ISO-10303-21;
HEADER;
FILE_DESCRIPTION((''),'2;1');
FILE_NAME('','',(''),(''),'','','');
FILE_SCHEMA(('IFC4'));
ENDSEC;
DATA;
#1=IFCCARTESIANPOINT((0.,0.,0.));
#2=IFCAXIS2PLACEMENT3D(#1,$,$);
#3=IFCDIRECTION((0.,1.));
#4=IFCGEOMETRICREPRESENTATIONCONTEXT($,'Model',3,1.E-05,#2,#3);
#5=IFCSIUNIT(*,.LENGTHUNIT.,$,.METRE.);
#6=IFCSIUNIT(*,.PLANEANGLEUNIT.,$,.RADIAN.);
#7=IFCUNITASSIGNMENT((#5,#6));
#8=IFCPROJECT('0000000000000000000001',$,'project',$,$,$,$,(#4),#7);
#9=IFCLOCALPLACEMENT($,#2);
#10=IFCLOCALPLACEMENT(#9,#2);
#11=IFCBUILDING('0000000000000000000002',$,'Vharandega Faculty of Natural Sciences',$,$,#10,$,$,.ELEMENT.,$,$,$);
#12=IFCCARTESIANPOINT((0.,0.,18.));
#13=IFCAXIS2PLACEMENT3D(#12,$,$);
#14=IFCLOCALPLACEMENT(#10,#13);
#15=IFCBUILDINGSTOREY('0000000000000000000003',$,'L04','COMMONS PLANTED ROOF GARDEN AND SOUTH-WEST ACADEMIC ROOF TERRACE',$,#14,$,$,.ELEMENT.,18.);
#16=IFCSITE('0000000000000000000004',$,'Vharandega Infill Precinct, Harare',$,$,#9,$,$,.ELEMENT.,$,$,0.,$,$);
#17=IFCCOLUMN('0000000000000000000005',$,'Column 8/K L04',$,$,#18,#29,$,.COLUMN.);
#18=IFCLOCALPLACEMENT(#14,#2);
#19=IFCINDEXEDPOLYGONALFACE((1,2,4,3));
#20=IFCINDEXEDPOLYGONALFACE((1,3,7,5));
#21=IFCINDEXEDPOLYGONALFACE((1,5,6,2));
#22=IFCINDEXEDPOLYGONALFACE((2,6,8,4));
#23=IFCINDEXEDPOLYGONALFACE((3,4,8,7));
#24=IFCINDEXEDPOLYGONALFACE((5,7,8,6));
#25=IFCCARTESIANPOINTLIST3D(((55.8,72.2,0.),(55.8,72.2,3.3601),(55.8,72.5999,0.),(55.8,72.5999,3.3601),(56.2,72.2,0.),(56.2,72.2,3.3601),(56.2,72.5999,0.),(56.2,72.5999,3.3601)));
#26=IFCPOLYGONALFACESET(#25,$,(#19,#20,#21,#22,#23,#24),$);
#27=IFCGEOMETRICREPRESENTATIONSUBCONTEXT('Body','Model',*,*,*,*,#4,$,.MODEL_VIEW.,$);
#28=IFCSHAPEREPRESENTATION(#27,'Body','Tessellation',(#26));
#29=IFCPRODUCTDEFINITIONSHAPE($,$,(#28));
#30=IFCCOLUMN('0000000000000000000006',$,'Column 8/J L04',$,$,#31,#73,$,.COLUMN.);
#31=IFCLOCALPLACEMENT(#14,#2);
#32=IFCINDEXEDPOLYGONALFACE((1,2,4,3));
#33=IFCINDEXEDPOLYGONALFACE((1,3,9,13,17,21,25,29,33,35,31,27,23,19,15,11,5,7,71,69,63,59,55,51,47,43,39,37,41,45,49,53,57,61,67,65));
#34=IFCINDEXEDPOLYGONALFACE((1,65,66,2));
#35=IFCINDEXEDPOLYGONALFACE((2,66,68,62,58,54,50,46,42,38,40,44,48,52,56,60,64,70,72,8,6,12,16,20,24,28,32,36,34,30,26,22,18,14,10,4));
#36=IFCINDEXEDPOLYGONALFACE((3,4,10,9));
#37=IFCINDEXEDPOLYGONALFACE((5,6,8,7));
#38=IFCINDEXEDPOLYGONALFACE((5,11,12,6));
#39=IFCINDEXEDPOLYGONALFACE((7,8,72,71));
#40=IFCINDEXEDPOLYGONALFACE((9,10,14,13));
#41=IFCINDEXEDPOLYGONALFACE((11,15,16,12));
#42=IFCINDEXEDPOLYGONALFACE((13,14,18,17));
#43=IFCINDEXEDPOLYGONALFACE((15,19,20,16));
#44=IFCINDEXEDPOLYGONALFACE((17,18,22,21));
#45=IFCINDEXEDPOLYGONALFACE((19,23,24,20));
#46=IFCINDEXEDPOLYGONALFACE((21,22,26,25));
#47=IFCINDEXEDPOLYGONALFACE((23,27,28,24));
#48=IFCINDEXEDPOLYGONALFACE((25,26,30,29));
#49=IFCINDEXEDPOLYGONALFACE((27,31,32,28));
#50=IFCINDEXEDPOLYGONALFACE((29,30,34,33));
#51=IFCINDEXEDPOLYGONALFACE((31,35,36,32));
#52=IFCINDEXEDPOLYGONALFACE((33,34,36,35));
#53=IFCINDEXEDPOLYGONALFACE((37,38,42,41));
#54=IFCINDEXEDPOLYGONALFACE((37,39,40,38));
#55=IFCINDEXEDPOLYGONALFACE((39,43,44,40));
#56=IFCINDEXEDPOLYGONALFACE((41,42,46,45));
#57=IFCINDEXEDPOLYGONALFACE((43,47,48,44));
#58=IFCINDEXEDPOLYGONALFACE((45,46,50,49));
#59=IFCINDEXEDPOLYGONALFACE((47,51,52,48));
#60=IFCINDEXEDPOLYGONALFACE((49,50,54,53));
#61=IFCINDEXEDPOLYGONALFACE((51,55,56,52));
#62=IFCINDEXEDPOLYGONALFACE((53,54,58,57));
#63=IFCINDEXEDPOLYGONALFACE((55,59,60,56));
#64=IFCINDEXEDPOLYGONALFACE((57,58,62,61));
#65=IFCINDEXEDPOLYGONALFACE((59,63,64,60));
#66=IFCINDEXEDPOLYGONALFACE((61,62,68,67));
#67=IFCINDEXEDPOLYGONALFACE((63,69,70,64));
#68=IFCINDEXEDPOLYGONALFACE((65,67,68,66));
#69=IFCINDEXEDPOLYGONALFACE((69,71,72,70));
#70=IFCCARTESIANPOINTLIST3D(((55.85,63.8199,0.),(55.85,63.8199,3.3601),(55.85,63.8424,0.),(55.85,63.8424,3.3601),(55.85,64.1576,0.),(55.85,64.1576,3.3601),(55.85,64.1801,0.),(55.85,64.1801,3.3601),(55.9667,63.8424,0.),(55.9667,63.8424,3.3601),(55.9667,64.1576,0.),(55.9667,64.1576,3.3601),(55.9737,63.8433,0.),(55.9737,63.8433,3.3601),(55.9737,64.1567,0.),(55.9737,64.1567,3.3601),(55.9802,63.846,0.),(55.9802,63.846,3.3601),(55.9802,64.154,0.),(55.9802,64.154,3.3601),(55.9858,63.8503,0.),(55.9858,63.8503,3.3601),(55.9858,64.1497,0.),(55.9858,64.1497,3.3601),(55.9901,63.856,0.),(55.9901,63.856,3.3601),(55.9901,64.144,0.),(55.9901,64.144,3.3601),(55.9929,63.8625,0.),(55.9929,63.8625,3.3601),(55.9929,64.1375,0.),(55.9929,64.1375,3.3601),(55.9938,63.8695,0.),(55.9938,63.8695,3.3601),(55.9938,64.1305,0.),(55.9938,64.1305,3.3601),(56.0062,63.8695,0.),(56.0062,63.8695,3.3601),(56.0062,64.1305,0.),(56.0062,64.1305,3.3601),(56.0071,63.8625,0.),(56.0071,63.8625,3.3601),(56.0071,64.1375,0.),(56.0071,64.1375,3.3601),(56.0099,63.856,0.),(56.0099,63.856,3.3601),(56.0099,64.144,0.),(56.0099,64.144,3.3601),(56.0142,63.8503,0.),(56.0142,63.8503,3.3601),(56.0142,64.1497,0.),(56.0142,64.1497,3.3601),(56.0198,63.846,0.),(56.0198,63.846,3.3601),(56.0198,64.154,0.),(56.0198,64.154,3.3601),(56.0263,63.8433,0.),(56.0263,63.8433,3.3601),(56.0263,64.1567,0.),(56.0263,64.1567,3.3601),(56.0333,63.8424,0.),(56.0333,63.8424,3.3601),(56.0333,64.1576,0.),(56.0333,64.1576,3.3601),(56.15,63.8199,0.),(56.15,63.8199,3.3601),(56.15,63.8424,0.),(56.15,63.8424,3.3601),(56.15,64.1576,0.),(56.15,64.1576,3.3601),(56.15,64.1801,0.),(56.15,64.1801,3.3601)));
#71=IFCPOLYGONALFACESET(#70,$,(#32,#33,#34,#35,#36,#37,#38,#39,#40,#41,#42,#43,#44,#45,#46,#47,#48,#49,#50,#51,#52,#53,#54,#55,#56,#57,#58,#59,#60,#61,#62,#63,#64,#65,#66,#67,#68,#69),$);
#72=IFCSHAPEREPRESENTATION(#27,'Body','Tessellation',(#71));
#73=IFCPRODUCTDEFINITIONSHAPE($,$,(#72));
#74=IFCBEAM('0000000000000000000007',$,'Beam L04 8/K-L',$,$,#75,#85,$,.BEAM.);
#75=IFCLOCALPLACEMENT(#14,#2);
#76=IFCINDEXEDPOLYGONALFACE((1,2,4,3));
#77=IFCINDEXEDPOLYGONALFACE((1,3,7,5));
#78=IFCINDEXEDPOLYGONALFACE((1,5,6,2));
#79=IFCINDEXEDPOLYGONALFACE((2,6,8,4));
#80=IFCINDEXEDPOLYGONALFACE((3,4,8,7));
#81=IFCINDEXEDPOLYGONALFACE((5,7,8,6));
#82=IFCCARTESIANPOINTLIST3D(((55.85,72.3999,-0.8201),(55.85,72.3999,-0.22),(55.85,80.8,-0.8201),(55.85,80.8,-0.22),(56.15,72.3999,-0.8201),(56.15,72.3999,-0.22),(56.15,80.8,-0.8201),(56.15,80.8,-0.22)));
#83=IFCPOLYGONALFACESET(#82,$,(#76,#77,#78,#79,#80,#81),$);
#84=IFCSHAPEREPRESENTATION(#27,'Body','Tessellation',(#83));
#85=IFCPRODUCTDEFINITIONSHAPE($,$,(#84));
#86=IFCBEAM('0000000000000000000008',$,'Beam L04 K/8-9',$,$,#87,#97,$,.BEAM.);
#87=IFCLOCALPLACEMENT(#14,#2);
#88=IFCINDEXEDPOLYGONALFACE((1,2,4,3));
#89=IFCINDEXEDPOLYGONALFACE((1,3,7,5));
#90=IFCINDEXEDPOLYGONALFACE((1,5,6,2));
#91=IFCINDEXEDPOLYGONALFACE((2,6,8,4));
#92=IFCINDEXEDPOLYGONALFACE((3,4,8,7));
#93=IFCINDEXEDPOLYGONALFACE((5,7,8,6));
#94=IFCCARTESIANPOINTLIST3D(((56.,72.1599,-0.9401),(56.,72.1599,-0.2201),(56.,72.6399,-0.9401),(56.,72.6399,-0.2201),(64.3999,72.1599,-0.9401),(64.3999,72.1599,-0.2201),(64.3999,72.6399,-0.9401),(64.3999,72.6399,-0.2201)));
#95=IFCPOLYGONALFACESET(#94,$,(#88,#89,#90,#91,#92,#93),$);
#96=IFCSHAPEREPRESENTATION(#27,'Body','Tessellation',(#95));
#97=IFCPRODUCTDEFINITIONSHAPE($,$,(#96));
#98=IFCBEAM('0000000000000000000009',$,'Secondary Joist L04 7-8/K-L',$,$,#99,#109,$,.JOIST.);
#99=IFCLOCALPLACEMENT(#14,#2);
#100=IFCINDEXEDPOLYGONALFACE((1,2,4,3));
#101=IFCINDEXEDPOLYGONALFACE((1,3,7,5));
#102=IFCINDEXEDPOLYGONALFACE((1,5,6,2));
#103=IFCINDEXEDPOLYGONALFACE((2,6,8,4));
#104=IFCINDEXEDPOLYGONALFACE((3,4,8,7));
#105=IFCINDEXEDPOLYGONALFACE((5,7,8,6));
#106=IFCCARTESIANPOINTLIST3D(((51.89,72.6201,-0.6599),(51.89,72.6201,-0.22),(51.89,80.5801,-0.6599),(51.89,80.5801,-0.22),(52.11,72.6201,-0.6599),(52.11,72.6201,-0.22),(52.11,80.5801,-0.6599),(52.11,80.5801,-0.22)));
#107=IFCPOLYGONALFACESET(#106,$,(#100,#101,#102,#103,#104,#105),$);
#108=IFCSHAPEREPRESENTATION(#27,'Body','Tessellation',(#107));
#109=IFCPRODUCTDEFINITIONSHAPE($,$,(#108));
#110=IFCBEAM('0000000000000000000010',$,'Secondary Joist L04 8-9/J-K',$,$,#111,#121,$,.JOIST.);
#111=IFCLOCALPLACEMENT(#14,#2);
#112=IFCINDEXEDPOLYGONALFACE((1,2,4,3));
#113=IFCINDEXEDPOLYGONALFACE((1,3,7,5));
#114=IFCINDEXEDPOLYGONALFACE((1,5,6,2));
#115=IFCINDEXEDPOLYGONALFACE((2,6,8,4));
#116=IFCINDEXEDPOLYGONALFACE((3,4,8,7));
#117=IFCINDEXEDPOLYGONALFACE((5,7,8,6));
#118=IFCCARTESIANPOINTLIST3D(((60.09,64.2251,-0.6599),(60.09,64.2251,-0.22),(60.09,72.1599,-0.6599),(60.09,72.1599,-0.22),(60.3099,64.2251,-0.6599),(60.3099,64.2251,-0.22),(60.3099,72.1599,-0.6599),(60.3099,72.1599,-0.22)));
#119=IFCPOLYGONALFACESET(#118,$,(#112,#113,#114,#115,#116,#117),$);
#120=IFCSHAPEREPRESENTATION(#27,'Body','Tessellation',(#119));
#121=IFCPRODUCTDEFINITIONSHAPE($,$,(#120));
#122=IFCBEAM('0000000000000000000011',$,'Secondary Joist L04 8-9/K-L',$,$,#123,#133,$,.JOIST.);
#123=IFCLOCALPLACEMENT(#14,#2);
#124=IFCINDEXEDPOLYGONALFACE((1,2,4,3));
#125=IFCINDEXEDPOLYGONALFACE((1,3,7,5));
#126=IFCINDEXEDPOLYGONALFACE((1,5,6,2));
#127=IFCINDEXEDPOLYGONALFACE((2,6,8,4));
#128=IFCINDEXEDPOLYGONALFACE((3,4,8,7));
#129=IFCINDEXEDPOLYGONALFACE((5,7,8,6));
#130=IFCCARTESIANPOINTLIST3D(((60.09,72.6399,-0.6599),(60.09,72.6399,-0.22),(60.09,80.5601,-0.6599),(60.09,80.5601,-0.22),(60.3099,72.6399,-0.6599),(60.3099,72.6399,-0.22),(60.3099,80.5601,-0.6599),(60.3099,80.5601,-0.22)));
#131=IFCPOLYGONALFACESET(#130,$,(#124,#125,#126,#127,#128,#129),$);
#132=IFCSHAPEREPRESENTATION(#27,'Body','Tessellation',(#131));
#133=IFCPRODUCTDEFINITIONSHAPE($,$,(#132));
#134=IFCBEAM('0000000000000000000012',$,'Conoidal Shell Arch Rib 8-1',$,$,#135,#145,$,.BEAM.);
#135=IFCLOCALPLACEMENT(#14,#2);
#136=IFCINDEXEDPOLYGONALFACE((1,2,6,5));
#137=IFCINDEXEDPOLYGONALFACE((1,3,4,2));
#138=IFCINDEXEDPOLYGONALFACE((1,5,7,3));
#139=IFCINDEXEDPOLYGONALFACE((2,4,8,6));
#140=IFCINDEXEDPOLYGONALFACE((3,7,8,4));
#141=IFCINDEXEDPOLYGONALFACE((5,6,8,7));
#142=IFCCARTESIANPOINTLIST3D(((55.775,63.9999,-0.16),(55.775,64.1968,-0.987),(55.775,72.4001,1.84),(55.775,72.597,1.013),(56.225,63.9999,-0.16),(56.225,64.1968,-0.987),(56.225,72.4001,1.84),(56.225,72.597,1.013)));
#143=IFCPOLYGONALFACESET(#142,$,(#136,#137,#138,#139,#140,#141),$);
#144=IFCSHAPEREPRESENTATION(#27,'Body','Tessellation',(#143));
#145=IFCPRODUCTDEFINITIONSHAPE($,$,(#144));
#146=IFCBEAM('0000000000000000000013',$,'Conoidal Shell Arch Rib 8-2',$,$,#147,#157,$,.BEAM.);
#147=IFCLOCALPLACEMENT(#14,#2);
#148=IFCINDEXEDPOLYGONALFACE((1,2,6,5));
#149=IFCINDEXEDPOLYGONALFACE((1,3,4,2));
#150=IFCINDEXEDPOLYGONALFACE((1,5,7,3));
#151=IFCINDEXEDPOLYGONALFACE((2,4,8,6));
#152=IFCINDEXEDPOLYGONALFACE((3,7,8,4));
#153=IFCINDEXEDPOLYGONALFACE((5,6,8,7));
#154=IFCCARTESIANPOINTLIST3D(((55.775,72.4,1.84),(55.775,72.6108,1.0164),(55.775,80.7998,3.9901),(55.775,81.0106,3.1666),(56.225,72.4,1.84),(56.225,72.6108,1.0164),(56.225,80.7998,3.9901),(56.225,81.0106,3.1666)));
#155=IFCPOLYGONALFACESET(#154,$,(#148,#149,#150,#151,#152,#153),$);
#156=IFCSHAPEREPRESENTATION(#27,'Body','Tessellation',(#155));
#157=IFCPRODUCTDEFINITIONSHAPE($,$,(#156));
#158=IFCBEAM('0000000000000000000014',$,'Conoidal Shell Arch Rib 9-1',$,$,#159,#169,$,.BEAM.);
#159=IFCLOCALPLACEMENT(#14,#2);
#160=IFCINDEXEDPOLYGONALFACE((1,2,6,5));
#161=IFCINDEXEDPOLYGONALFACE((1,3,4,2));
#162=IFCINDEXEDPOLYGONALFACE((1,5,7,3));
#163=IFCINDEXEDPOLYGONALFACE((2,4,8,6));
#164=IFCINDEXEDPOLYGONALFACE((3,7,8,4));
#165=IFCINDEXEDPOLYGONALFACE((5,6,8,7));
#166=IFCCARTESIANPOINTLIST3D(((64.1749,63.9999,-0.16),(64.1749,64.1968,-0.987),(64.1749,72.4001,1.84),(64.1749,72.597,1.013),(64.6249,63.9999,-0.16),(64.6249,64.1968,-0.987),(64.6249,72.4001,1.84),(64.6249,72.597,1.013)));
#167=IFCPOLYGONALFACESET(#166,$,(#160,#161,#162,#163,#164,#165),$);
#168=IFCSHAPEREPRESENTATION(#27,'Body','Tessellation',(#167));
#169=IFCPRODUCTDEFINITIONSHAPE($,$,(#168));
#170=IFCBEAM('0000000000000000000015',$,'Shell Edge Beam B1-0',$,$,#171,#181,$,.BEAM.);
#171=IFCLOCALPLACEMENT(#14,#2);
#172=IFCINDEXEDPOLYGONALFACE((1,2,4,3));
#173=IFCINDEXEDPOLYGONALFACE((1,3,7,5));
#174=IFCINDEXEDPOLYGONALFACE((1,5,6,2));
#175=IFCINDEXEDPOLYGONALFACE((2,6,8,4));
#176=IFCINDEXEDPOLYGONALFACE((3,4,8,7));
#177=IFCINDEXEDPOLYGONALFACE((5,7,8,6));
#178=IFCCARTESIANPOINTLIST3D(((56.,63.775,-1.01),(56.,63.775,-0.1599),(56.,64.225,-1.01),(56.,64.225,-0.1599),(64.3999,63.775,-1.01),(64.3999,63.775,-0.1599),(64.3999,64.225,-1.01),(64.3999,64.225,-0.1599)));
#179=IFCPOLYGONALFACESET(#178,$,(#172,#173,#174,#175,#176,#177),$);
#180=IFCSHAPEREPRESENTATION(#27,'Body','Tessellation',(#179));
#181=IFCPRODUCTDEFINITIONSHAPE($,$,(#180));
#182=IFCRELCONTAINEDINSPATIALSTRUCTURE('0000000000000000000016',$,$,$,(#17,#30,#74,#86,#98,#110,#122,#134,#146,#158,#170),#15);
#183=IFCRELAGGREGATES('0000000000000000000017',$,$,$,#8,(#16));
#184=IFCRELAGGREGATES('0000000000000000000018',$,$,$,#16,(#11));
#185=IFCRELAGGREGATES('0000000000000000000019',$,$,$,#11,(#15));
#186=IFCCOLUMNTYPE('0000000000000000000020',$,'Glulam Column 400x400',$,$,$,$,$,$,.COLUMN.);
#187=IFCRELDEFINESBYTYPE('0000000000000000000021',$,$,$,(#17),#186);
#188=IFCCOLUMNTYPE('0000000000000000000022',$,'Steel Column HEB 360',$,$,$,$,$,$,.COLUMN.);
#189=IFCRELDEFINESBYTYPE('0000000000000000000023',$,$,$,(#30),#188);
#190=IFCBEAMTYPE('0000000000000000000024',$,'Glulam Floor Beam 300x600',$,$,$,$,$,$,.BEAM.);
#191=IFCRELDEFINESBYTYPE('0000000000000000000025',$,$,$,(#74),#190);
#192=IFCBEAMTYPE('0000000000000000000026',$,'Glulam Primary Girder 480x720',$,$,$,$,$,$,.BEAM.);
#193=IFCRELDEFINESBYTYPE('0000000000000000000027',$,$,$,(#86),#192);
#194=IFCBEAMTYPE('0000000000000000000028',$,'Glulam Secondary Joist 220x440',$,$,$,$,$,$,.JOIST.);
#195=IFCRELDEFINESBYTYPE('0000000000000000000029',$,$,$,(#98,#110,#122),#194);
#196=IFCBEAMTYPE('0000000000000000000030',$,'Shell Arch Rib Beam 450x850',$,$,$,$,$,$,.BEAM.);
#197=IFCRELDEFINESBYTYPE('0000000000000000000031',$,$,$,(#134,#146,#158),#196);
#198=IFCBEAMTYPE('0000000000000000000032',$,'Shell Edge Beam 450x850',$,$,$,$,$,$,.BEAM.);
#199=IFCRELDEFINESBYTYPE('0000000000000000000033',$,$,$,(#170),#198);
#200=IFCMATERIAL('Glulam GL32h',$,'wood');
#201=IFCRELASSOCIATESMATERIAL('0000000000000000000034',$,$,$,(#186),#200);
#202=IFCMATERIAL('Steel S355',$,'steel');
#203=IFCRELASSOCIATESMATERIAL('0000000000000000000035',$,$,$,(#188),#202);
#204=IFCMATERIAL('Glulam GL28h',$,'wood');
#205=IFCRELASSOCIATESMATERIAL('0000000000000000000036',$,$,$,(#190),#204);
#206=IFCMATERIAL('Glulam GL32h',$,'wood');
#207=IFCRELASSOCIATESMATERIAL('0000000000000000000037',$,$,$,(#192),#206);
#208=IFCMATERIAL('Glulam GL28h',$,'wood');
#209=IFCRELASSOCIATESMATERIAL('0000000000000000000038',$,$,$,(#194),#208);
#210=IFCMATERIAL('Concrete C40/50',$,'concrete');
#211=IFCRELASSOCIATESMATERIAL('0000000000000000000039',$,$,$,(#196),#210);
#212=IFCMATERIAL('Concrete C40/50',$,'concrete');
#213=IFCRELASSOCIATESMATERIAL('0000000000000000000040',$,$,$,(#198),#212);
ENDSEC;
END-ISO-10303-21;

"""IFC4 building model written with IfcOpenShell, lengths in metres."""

from ifc_helpers import new_model, si_unit, direction, frame, origin, origin_2d, place, context, subcontext, project, spatial, rectangle, i_section, extrude, material, material_profile, profile_set, type_object, element, save


model = new_model("IFC4")

# Units and contexts
model_context = context("Model", 3, precision=1e-05, world=origin(), true_north=direction((0.0, 1.0)))
body_context = subcontext(model_context, "Body", "Model", "MODEL_VIEW")
ifc_project = project(units=[si_unit("LENGTHUNIT", "METRE"), si_unit("PLANEANGLEUNIT", "RADIAN")], contexts=[model_context])

# Site, building, storey
site_placement = place(None, origin())
site = spatial("IfcSite", under=ifc_project, at=site_placement, Name="Vharandega Infill Precinct, Harare", CompositionType="ELEMENT", RefElevation=0.0)
building_placement = place(site_placement, origin())
building = spatial("IfcBuilding", under=site, at=building_placement, Name="Vharandega Faculty of Natural Sciences", CompositionType="ELEMENT")
storey_placement = place(building_placement, frame((0.0, 0.0, 18.0)))
storey = spatial("IfcBuildingStorey", under=building, at=storey_placement, Name="L04", Description="COMMONS PLANTED ROOF GARDEN AND SOUTH-WEST ACADEMIC ROOF TERRACE", CompositionType="ELEMENT", Elevation=18.0)

# Columns
ifc_material_1 = material(Name="Glulam GL32h", Category="wood")
ifc_material_profile_1 = material_profile(ifc_material_1, rectangle(XDim=0.3999, YDim=0.3999, at=origin_2d()), Name="GL32h 400x400")
ifc_profile_set_1 = profile_set([ifc_material_profile_1], Name="Glulam GL32h")
column_type_1 = type_object("IfcColumnType", Name="Glulam Column 400x400", PredefinedType="COLUMN", material=ifc_profile_set_1)
column_1_placement = place(storey_placement, frame((56.0, 72.3999, 0.0), z_axis=(0.0, 0.0, 1.0), x_axis=(1.0, 0.0, 0.0)))
element("IfcColumn", 1, at=column_1_placement, inside=storey, type_object=column_type_1, Name="Column 8/K L04", PredefinedType="COLUMN", context=body_context, shape_type="SweptSolid", body=[
    extrude(rectangle(XDim=0.3999, YDim=0.3999, at=origin_2d()), origin(), (0.0, 0.0, 1.0), 3.3601),
])
ifc_material_2 = material(Name="Steel S355", Category="steel")
ifc_material_profile_2 = material_profile(ifc_material_2, i_section(OverallWidth=0.3, OverallDepth=0.3601, WebThickness=0.0125, FlangeThickness=0.0225, FilletRadius=0.0271, at=origin_2d()), Name="HEB 360")
ifc_profile_set_2 = profile_set([ifc_material_profile_2], Name="Steel S355")
column_type_2 = type_object("IfcColumnType", Name="Steel Column HEB 360", PredefinedType="COLUMN", material=ifc_profile_set_2)
column_2_placement = place(storey_placement, frame((56.0, 64.0, 0.0), z_axis=(0.0, 0.0, 1.0), x_axis=(1.0, 0.0, 0.0)))
element("IfcColumn", 2, at=column_2_placement, inside=storey, type_object=column_type_2, Name="Column 8/J L04", PredefinedType="COLUMN", context=body_context, shape_type="SweptSolid", body=[
    extrude(i_section(OverallWidth=0.3, OverallDepth=0.3601, WebThickness=0.0125, FlangeThickness=0.0225, FilletRadius=0.0271, at=origin_2d()), origin(), (0.0, 0.0, 1.0), 3.3601),
])

# Beams
ifc_material_3 = material(Name="Glulam GL28h", Category="wood")
ifc_material_profile_3 = material_profile(ifc_material_3, rectangle(XDim=0.3, YDim=0.6001, at=origin_2d()), Name="GL28h 300x600")
ifc_profile_set_3 = profile_set([ifc_material_profile_3], Name="Glulam GL28h")
beam_type_1 = type_object("IfcBeamType", Name="Glulam Floor Beam 300x600", PredefinedType="BEAM", material=ifc_profile_set_3)
beam_1_placement = place(storey_placement, frame((56.0, 72.3999, -0.52), z_axis=(0.0, 1.0, 0.0), x_axis=(-1.0, 0.0, 0.0)))
element("IfcBeam", 3, at=beam_1_placement, inside=storey, type_object=beam_type_1, Name="Beam L04 8/K-L", PredefinedType="BEAM", context=body_context, shape_type="SweptSolid", body=[
    extrude(rectangle(XDim=0.3, YDim=0.6001, at=origin_2d()), origin(), (0.0, 0.0, 1.0), 8.4001),
])
ifc_material_4 = material(Name="Glulam GL32h", Category="wood")
ifc_material_profile_4 = material_profile(ifc_material_4, rectangle(XDim=0.48, YDim=0.72, at=origin_2d()), Name="GL32h 480x720")
ifc_profile_set_4 = profile_set([ifc_material_profile_4], Name="Glulam GL32h")
beam_type_2 = type_object("IfcBeamType", Name="Glulam Primary Girder 480x720", PredefinedType="BEAM", material=ifc_profile_set_4)
beam_2_placement = place(storey_placement, frame((56.0, 72.3999, -0.5801), z_axis=(1.0, 0.0, 0.0), x_axis=(0.0, 1.0, 0.0)))
element("IfcBeam", 4, at=beam_2_placement, inside=storey, type_object=beam_type_2, Name="Beam L04 K/8-9", PredefinedType="BEAM", context=body_context, shape_type="SweptSolid", body=[
    extrude(rectangle(XDim=0.48, YDim=0.72, at=origin_2d()), origin(), (0.0, 0.0, 1.0), 8.3999),
])
ifc_material_5 = material(Name="Glulam GL28h", Category="wood")
ifc_material_profile_5 = material_profile(ifc_material_5, rectangle(XDim=0.22, YDim=0.4399, at=origin_2d()), Name="GL28h 220x440")
ifc_profile_set_5 = profile_set([ifc_material_profile_5], Name="Glulam GL28h")
beam_type_3 = type_object("IfcBeamType", Name="Glulam Secondary Joist 220x440", PredefinedType="JOIST", material=ifc_profile_set_5)
beam_3_placement = place(storey_placement, frame((52.0, 72.6201, -0.4399), z_axis=(0.0, 1.0, 0.0), x_axis=(-1.0, 0.0, 0.0)))
element("IfcBeam", 5, at=beam_3_placement, inside=storey, type_object=beam_type_3, Name="Secondary Joist L04 7-8/K-L", PredefinedType="JOIST", context=body_context, shape_type="SweptSolid", body=[
    extrude(rectangle(XDim=0.22, YDim=0.4399, at=origin_2d()), origin(), (0.0, 0.0, 1.0), 7.96),
])
beam_4_placement = place(storey_placement, frame((60.2, 64.2251, -0.4399), z_axis=(0.0, 1.0, 0.0), x_axis=(-1.0, 0.0, 0.0)))
element("IfcBeam", 6, at=beam_4_placement, inside=storey, type_object=beam_type_3, Name="Secondary Joist L04 8-9/J-K", PredefinedType="JOIST", context=body_context, shape_type="SweptSolid", body=[
    extrude(rectangle(XDim=0.22, YDim=0.4399, at=origin_2d()), origin(), (0.0, 0.0, 1.0), 7.9348),
])
beam_5_placement = place(storey_placement, frame((60.2, 72.6399, -0.4399), z_axis=(0.0, 1.0, 0.0), x_axis=(-1.0, 0.0, 0.0)))
element("IfcBeam", 7, at=beam_5_placement, inside=storey, type_object=beam_type_3, Name="Secondary Joist L04 8-9/K-L", PredefinedType="JOIST", context=body_context, shape_type="SweptSolid", body=[
    extrude(rectangle(XDim=0.22, YDim=0.4399, at=origin_2d()), origin(), (0.0, 0.0, 1.0), 7.9202),
])
ifc_material_6 = material(Name="Concrete C40/50", Category="concrete")
ifc_material_profile_6 = material_profile(ifc_material_6, rectangle(XDim=0.45, YDim=0.8501, at=origin_2d()), Name="RC 450x850")
ifc_profile_set_6 = profile_set([ifc_material_profile_6], Name="Concrete C40/50")
beam_type_4 = type_object("IfcBeamType", Name="Shell Arch Rib Beam 450x850", PredefinedType="BEAM", material=ifc_profile_set_6)
beam_6_placement = place(storey_placement, frame((56.0, 64.0984, -0.5735), z_axis=(0.0, 0.972807, 0.231617), x_axis=(-1.0, 0.0, 0.0)))
element("IfcBeam", 8, at=beam_6_placement, inside=storey, type_object=beam_type_4, Name="Conoidal Shell Arch Rib 8-1", PredefinedType="BEAM", context=body_context, shape_type="SweptSolid", body=[
    extrude(rectangle(XDim=0.45, YDim=0.8501, at=origin_2d()), origin(), (0.0, 0.0, 1.0), 8.635),
])
beam_7_placement = place(storey_placement, frame((56.0, 72.5054, 1.4282), z_axis=(0.0, 0.968766, 0.247978), x_axis=(-1.0, 0.0, 0.0)))
element("IfcBeam", 9, at=beam_7_placement, inside=storey, type_object=beam_type_4, Name="Conoidal Shell Arch Rib 8-2", PredefinedType="BEAM", context=body_context, shape_type="SweptSolid", body=[
    extrude(rectangle(XDim=0.45, YDim=0.8501, at=origin_2d()), origin(), (0.0, 0.0, 1.0), 8.6707),
])
beam_8_placement = place(storey_placement, frame((64.3999, 64.0984, -0.5735), z_axis=(0.0, 0.972807, 0.231617), x_axis=(-1.0, 0.0, 0.0)))
element("IfcBeam", 10, at=beam_8_placement, inside=storey, type_object=beam_type_4, Name="Conoidal Shell Arch Rib 9-1", PredefinedType="BEAM", context=body_context, shape_type="SweptSolid", body=[
    extrude(rectangle(XDim=0.45, YDim=0.8501, at=origin_2d()), origin(), (0.0, 0.0, 1.0), 8.635),
])
ifc_material_7 = material(Name="Concrete C40/50", Category="concrete")
ifc_material_profile_7 = material_profile(ifc_material_7, rectangle(XDim=0.45, YDim=0.8501, at=origin_2d()), Name="RC 450x850")
ifc_profile_set_7 = profile_set([ifc_material_profile_7], Name="Concrete C40/50")
beam_type_5 = type_object("IfcBeamType", Name="Shell Edge Beam 450x850", PredefinedType="BEAM", material=ifc_profile_set_7)
beam_9_placement = place(storey_placement, frame((56.0, 64.0, -0.585), z_axis=(1.0, 0.0, 0.0), x_axis=(0.0, 1.0, 0.0)))
element("IfcBeam", 11, at=beam_9_placement, inside=storey, type_object=beam_type_5, Name="Shell Edge Beam B1-0", PredefinedType="BEAM", context=body_context, shape_type="SweptSolid", body=[
    extrude(rectangle(XDim=0.45, YDim=0.8501, at=origin_2d()), origin(), (0.0, 0.0, 1.0), 8.3999),
])

save(model, "model.ifc")
